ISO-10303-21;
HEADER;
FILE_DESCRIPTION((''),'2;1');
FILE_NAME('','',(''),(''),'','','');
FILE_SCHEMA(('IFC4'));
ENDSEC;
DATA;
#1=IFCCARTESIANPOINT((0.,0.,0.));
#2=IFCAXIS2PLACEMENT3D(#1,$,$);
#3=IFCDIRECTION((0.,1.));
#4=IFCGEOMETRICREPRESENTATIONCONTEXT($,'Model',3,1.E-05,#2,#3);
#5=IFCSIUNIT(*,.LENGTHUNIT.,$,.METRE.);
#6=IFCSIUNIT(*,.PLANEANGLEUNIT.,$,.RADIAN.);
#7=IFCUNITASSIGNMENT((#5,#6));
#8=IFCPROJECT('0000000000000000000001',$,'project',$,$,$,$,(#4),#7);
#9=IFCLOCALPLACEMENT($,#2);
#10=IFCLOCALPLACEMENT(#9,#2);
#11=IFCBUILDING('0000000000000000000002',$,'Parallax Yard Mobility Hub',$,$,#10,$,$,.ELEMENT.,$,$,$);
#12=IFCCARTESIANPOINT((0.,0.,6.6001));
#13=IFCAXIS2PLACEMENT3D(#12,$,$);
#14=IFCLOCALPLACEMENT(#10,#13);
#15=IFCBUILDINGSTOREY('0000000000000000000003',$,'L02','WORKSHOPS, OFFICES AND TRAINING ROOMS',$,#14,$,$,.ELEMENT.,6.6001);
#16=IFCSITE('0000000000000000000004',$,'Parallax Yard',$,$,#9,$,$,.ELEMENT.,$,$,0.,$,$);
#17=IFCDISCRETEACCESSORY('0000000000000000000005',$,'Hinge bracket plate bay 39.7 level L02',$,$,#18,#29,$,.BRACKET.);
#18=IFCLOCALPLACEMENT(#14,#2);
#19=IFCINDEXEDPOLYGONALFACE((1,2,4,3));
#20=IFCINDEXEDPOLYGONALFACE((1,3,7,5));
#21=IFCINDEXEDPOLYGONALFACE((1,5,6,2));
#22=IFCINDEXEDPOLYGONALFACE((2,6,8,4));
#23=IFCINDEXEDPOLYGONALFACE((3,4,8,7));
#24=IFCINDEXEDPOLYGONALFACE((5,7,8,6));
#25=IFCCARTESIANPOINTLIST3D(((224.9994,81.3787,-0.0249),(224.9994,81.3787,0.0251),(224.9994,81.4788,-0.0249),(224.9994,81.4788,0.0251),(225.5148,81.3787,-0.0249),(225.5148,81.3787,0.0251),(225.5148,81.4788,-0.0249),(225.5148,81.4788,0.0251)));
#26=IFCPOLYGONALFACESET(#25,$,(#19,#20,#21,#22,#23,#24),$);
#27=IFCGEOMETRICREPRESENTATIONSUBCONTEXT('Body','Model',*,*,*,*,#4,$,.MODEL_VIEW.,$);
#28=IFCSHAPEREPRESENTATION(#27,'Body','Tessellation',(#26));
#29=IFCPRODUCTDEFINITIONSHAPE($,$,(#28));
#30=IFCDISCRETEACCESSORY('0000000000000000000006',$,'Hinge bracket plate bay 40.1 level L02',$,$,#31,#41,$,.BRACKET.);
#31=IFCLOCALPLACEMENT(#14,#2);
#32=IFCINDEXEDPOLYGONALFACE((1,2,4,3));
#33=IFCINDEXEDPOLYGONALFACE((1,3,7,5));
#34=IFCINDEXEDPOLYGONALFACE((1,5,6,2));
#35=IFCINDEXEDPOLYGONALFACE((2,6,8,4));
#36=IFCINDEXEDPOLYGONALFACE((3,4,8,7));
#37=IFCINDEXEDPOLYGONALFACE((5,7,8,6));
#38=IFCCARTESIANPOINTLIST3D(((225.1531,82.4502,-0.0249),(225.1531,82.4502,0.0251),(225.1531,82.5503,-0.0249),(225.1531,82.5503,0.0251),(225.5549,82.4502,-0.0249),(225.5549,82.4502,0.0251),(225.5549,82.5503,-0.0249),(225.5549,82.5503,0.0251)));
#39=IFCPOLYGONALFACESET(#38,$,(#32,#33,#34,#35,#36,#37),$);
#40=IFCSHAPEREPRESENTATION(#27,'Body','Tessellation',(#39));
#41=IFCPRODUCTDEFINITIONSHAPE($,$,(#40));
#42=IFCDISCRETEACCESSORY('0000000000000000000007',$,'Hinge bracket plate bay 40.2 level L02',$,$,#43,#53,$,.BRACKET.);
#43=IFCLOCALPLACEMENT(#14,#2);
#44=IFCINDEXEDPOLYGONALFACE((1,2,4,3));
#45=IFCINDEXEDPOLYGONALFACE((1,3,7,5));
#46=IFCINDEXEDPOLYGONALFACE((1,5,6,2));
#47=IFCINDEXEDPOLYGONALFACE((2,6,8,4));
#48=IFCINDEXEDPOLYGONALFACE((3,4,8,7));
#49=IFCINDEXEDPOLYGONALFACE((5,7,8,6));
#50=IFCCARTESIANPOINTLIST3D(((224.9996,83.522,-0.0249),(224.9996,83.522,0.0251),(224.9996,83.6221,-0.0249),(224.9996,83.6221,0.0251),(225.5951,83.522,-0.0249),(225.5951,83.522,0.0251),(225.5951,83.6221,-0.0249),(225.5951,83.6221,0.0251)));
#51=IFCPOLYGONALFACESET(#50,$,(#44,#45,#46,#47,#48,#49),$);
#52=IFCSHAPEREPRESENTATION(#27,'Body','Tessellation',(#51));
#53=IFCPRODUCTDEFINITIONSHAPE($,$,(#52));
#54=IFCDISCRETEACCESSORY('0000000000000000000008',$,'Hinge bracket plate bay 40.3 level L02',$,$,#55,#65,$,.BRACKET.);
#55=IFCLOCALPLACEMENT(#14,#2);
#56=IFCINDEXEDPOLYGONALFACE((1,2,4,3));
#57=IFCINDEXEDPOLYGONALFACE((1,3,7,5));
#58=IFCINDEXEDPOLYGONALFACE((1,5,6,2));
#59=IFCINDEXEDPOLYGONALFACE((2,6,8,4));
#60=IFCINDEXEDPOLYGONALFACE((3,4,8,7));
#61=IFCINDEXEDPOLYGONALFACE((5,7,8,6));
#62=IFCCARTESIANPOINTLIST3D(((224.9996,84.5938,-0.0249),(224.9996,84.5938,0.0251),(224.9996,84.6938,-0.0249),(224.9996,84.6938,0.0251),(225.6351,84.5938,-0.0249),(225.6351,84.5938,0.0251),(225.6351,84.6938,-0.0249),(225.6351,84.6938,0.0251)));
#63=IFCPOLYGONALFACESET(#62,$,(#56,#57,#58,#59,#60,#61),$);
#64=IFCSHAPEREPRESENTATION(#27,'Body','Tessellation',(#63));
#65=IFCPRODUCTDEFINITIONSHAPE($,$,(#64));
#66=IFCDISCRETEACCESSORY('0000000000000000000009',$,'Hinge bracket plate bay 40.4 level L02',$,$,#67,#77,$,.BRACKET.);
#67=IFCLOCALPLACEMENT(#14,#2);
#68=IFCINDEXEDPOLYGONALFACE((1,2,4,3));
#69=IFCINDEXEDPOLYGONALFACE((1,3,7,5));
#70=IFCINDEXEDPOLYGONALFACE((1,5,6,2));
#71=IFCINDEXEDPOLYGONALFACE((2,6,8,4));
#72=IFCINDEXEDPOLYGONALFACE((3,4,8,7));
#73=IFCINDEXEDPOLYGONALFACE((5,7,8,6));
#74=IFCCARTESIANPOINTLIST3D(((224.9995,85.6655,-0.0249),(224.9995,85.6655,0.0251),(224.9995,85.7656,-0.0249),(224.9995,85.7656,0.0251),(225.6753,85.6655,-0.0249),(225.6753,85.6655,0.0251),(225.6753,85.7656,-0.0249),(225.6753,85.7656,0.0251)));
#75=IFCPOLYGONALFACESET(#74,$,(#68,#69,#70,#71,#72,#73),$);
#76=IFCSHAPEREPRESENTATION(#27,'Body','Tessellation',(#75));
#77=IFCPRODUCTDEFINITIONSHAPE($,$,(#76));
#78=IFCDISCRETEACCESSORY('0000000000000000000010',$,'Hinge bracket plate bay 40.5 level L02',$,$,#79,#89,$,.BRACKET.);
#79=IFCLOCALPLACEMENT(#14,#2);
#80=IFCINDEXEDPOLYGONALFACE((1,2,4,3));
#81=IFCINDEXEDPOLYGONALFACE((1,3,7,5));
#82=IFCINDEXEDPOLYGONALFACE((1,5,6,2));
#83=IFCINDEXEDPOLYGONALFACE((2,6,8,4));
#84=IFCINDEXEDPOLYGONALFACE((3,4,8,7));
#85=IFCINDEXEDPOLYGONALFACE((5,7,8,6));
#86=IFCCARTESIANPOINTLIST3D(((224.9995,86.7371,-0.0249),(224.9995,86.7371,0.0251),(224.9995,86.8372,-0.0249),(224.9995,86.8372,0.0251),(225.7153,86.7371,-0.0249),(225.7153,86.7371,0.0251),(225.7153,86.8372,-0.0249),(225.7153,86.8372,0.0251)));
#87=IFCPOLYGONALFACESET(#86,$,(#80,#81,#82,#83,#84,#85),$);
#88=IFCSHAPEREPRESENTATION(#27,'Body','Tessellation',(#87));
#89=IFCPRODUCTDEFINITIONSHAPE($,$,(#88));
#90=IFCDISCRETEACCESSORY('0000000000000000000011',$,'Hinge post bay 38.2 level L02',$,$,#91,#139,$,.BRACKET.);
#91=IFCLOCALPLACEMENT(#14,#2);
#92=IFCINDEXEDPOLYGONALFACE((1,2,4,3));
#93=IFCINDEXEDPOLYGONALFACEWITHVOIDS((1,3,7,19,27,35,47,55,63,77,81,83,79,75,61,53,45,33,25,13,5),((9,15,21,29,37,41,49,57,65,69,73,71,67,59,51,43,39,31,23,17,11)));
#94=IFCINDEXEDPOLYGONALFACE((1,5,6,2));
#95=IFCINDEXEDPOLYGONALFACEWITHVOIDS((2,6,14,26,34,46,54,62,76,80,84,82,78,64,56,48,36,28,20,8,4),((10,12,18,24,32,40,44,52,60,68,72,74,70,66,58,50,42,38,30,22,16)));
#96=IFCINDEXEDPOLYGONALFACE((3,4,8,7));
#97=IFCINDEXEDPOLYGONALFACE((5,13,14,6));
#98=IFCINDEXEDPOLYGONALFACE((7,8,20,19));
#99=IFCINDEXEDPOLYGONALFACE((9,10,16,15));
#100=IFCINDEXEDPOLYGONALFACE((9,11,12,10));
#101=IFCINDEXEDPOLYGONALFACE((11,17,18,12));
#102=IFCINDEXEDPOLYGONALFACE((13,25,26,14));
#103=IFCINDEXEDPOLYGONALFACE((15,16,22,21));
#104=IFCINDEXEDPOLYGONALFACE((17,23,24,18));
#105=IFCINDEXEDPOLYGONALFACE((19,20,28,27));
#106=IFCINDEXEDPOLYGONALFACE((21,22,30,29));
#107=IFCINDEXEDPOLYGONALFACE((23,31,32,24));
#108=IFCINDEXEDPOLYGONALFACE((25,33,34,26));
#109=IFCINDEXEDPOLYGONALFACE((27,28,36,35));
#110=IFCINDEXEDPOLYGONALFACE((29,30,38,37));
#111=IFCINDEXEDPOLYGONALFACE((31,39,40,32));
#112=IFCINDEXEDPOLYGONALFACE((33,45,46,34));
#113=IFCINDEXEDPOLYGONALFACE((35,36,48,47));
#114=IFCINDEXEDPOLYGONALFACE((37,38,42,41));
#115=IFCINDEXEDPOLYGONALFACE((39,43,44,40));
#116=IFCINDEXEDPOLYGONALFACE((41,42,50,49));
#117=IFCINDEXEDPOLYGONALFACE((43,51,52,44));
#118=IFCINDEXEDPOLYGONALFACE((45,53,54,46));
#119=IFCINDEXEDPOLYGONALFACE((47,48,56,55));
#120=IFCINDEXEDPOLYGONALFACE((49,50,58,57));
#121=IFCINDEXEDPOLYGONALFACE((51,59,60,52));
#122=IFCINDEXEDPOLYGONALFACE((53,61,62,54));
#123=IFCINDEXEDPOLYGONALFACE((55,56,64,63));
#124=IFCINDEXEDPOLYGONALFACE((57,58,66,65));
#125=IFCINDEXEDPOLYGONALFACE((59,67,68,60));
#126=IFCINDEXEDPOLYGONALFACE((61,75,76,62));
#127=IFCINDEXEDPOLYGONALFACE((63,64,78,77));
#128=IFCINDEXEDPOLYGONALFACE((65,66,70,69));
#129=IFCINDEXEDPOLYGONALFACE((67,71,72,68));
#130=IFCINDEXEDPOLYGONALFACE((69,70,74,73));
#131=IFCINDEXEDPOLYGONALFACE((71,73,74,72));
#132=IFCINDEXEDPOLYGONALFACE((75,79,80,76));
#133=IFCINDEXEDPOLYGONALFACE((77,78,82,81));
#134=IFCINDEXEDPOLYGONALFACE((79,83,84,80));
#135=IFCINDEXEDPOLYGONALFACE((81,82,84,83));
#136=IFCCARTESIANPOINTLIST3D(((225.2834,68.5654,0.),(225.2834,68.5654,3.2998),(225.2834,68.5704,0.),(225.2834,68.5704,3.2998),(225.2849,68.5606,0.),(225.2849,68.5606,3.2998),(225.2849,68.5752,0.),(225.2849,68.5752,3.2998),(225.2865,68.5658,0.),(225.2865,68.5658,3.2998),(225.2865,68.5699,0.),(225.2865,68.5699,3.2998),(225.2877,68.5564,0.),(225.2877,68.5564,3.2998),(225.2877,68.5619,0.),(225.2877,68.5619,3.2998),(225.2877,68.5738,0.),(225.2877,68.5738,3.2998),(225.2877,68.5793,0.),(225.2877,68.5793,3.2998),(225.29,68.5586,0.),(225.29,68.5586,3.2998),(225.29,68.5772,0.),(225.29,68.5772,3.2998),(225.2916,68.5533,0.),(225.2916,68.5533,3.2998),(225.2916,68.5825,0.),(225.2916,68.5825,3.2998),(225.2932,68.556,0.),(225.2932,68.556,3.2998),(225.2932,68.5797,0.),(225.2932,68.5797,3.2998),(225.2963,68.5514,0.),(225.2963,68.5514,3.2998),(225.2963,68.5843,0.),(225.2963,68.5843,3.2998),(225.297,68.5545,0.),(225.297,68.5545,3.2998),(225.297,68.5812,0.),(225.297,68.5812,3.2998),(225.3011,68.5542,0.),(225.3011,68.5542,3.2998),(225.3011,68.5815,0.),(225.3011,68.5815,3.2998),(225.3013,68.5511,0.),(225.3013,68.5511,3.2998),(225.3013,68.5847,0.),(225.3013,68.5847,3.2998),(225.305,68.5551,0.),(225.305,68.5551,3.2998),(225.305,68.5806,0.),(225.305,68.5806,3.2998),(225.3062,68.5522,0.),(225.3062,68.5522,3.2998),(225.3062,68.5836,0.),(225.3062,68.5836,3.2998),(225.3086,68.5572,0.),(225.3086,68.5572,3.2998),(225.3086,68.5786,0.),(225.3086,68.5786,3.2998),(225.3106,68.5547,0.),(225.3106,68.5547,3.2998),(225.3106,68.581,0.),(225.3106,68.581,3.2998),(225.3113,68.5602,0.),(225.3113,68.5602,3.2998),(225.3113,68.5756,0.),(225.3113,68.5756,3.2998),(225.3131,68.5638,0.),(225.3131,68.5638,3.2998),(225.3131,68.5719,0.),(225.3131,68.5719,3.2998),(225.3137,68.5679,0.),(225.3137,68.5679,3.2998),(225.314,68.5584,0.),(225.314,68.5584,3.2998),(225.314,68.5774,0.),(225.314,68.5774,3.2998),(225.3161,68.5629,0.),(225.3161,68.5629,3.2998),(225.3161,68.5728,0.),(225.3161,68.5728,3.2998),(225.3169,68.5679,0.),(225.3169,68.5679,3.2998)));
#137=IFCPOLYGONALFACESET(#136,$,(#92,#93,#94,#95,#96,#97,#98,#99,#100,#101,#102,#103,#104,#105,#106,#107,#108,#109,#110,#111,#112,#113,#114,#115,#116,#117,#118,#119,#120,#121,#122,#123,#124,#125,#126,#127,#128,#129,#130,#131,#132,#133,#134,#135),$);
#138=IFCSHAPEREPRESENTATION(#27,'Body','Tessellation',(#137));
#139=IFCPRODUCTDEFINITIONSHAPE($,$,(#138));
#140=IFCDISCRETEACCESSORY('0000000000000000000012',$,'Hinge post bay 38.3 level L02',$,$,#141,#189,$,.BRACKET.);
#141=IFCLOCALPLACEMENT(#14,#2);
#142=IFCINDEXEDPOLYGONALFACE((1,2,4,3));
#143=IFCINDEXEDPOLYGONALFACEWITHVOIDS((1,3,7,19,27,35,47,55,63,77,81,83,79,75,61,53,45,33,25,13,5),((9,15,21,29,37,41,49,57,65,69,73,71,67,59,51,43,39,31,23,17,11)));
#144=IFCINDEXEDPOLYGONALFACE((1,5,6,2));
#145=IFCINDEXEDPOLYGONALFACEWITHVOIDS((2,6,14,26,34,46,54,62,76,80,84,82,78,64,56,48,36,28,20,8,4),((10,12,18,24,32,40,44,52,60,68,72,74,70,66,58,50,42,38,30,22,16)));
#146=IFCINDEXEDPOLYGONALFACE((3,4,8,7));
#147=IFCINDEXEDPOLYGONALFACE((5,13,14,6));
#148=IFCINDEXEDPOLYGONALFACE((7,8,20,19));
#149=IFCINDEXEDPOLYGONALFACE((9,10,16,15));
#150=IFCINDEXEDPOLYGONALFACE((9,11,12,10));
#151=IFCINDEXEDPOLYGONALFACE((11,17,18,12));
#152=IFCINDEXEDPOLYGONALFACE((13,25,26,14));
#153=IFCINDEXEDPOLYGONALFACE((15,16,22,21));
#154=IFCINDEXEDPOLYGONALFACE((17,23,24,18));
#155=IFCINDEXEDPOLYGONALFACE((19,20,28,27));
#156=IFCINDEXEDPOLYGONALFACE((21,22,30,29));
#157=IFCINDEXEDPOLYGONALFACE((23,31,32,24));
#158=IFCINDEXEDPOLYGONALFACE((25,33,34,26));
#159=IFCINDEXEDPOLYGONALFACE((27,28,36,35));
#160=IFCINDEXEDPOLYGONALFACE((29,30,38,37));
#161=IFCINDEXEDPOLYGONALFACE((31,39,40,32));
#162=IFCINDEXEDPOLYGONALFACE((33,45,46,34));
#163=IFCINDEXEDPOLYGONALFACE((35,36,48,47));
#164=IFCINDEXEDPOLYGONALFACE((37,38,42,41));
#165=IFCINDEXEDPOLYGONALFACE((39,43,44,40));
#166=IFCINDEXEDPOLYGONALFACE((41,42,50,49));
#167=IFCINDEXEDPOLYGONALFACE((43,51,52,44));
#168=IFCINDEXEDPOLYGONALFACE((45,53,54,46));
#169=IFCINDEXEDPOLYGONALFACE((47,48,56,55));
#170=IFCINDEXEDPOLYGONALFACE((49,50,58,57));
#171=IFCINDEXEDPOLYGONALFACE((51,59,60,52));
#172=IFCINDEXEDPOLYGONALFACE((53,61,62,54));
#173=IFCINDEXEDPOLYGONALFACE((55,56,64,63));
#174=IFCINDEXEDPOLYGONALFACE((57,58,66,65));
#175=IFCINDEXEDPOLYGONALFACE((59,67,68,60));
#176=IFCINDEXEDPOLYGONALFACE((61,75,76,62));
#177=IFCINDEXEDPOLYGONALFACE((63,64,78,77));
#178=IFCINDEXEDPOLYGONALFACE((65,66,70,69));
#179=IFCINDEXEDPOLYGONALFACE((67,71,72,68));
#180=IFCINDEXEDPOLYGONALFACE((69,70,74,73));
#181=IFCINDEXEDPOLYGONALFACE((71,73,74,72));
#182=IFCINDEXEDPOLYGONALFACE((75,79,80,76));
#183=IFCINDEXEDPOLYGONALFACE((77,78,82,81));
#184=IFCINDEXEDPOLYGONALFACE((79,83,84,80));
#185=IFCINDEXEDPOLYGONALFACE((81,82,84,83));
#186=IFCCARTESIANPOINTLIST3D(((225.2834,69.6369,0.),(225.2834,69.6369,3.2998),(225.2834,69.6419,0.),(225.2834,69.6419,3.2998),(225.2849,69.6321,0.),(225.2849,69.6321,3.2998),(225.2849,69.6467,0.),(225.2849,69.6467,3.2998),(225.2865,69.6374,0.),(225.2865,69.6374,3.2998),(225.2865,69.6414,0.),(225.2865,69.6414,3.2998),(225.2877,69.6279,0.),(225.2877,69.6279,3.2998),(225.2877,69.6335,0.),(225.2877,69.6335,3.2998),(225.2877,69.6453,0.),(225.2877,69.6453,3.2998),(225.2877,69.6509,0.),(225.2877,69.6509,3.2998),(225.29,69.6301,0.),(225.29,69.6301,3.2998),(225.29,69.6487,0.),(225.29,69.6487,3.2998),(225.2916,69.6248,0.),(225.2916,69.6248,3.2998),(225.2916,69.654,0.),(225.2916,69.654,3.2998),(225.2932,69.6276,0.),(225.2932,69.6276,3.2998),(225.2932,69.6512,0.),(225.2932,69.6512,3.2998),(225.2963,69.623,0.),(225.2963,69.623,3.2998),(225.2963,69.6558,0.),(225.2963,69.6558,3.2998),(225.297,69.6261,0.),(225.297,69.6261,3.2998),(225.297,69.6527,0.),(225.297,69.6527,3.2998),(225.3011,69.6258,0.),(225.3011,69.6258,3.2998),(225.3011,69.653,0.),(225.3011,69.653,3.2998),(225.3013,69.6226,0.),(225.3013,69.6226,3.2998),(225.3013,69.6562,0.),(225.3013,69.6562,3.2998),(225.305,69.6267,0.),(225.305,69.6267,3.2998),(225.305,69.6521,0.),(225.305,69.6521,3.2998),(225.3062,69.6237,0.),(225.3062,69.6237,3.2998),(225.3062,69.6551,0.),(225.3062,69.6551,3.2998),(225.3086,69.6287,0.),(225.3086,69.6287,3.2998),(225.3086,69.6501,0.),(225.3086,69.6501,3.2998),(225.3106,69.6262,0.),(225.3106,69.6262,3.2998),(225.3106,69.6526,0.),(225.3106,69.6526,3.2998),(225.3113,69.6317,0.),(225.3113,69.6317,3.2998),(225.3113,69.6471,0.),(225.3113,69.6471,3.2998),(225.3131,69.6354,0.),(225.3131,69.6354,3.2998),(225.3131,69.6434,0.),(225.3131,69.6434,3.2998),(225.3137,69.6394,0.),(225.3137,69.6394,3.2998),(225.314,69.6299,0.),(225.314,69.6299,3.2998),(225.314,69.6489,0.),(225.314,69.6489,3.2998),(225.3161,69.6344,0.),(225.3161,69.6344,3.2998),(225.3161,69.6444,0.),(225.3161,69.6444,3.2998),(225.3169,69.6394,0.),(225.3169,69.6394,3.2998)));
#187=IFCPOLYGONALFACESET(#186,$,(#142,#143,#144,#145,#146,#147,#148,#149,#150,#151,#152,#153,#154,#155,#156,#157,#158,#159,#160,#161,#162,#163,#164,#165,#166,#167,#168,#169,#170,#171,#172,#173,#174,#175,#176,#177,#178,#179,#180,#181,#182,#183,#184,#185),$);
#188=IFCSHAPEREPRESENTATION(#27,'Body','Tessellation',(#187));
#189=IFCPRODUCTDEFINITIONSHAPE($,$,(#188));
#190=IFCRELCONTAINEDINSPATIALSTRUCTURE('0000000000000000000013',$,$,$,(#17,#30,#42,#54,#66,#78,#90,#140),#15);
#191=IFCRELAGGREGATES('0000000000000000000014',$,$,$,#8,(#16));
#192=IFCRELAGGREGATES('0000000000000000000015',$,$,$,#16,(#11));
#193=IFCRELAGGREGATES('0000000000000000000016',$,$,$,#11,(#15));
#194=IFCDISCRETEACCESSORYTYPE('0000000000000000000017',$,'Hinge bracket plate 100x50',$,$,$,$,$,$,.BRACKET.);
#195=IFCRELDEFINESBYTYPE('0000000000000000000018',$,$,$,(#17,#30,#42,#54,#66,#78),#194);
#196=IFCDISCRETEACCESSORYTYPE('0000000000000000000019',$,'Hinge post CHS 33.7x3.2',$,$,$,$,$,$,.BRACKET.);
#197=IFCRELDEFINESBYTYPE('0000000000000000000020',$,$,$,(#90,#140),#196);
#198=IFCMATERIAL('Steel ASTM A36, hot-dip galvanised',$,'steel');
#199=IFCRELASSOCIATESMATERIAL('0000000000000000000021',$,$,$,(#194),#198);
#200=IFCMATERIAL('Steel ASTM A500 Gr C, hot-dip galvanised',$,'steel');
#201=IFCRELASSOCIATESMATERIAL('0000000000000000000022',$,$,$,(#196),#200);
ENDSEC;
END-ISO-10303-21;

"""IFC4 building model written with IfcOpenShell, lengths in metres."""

from ifc_helpers import new_model, si_unit, direction, frame, origin, origin_2d, place, context, subcontext, project, spatial, rectangle, hollow_circle, extrude, material, material_profile, profile_set, type_object, element, save


model = new_model("IFC4")

# Units and contexts
model_context = context("Model", 3, precision=1e-05, world=origin(), true_north=direction((0.0, 1.0)))
body_context = subcontext(model_context, "Body", "Model", "MODEL_VIEW")
ifc_project = project(units=[si_unit("LENGTHUNIT", "METRE"), si_unit("PLANEANGLEUNIT", "RADIAN")], contexts=[model_context])

# Site, building, storey
site_placement = place(None, origin())
site = spatial("IfcSite", under=ifc_project, at=site_placement, Name="Parallax Yard", CompositionType="ELEMENT", RefElevation=0.0)
building_placement = place(site_placement, origin())
building = spatial("IfcBuilding", under=site, at=building_placement, Name="Parallax Yard Mobility Hub", CompositionType="ELEMENT")
storey_placement = place(building_placement, frame((0.0, 0.0, 6.6001)))
storey = spatial("IfcBuildingStorey", under=building, at=storey_placement, Name="L02", Description="WORKSHOPS, OFFICES AND TRAINING ROOMS", CompositionType="ELEMENT", Elevation=6.6001)

# Discrete accessories
ifc_material_1 = material(Name="Steel ASTM A36, hot-dip galvanised", Category="steel")
discrete_accessory_type_1 = type_object("IfcDiscreteAccessoryType", Name="Hinge bracket plate 100x50", PredefinedType="BRACKET", material=ifc_material_1)
discrete_accessory_1_placement = place(storey_placement, frame((225.2571, 81.4287, -0.0249), z_axis=(0.0, 0.0, 1.0), x_axis=(1.0, 0.0, 0.0)))
element("IfcDiscreteAccessory", 1, at=discrete_accessory_1_placement, inside=storey, type_object=discrete_accessory_type_1, Name="Hinge bracket plate bay 39.7 level L02", PredefinedType="BRACKET", context=body_context, shape_type="SweptSolid", body=[
    extrude(rectangle(XDim=0.5154, YDim=0.1001, at=origin_2d()), origin(), (0.0, 0.0, 1.0), 0.05),
])
discrete_accessory_2_placement = place(storey_placement, frame((225.354, 82.5002, -0.0249), z_axis=(0.0, 0.0, 1.0), x_axis=(1.0, 0.0, 0.0)))
element("IfcDiscreteAccessory", 2, at=discrete_accessory_2_placement, inside=storey, type_object=discrete_accessory_type_1, Name="Hinge bracket plate bay 40.1 level L02", PredefinedType="BRACKET", context=body_context, shape_type="SweptSolid", body=[
    extrude(rectangle(XDim=0.4019, YDim=0.1001, at=origin_2d()), origin(), (0.0, 0.0, 1.0), 0.05),
])
discrete_accessory_3_placement = place(storey_placement, frame((225.2974, 83.572, -0.0249), z_axis=(0.0, 0.0, 1.0), x_axis=(1.0, 0.0, 0.0)))
element("IfcDiscreteAccessory", 3, at=discrete_accessory_3_placement, inside=storey, type_object=discrete_accessory_type_1, Name="Hinge bracket plate bay 40.2 level L02", PredefinedType="BRACKET", context=body_context, shape_type="SweptSolid", body=[
    extrude(rectangle(XDim=0.5955, YDim=0.1001, at=origin_2d()), origin(), (0.0, 0.0, 1.0), 0.05),
])
discrete_accessory_4_placement = place(storey_placement, frame((225.3174, 84.6438, -0.0249), z_axis=(0.0, 0.0, 1.0), x_axis=(1.0, 0.0, 0.0)))
element("IfcDiscreteAccessory", 4, at=discrete_accessory_4_placement, inside=storey, type_object=discrete_accessory_type_1, Name="Hinge bracket plate bay 40.3 level L02", PredefinedType="BRACKET", context=body_context, shape_type="SweptSolid", body=[
    extrude(rectangle(XDim=0.6355, YDim=0.1001, at=origin_2d()), origin(), (0.0, 0.0, 1.0), 0.05),
])
discrete_accessory_5_placement = place(storey_placement, frame((225.3374, 85.7156, -0.0249), z_axis=(0.0, 0.0, 1.0), x_axis=(1.0, 0.0, 0.0)))
element("IfcDiscreteAccessory", 5, at=discrete_accessory_5_placement, inside=storey, type_object=discrete_accessory_type_1, Name="Hinge bracket plate bay 40.4 level L02", PredefinedType="BRACKET", context=body_context, shape_type="SweptSolid", body=[
    extrude(rectangle(XDim=0.6758, YDim=0.1001, at=origin_2d()), origin(), (0.0, 0.0, 1.0), 0.05),
])
discrete_accessory_6_placement = place(storey_placement, frame((225.3574, 86.7871, -0.0249), z_axis=(0.0, 0.0, 1.0), x_axis=(1.0, 0.0, 0.0)))
element("IfcDiscreteAccessory", 6, at=discrete_accessory_6_placement, inside=storey, type_object=discrete_accessory_type_1, Name="Hinge bracket plate bay 40.5 level L02", PredefinedType="BRACKET", context=body_context, shape_type="SweptSolid", body=[
    extrude(rectangle(XDim=0.7158, YDim=0.1001, at=origin_2d()), origin(), (0.0, 0.0, 1.0), 0.05),
])
ifc_material_2 = material(Name="Steel ASTM A500 Gr C, hot-dip galvanised", Category="steel")
ifc_material_profile_1 = material_profile(ifc_material_2, hollow_circle(Radius=0.0168, WallThickness=0.0032, at=origin_2d()), Name="CHS 33.7x3.2")
ifc_profile_set_1 = profile_set([ifc_material_profile_1], Name="Steel ASTM A500 Gr C, hot-dip galvanised")
discrete_accessory_type_2 = type_object("IfcDiscreteAccessoryType", Name="Hinge post CHS 33.7x3.2", PredefinedType="BRACKET", material=ifc_profile_set_1)
for number, where, z_axis, x_axis, name in (
    (7, (225.3, 68.5679, 0.0), (0.0, 0.0, 1.0), (1.0, 0.0, 0.0), "Hinge post bay 38.2 level L02"),
    (8, (225.3, 69.6394, 0.0), (0.0, 0.0, 1.0), (1.0, 0.0, 0.0), "Hinge post bay 38.3 level L02"),
):
    element("IfcDiscreteAccessory", number, at=place(storey_placement, frame(where, z_axis=z_axis, x_axis=x_axis)), inside=storey, type_object=discrete_accessory_type_2, Name=name, PredefinedType="BRACKET", context=body_context, shape_type="SweptSolid", body=[
        extrude(hollow_circle(Radius=0.0168, WallThickness=0.0032, at=origin_2d()), origin(), (0.0, 0.0, 1.0), 3.2998),
    ])

save(model, "model.ifc")
